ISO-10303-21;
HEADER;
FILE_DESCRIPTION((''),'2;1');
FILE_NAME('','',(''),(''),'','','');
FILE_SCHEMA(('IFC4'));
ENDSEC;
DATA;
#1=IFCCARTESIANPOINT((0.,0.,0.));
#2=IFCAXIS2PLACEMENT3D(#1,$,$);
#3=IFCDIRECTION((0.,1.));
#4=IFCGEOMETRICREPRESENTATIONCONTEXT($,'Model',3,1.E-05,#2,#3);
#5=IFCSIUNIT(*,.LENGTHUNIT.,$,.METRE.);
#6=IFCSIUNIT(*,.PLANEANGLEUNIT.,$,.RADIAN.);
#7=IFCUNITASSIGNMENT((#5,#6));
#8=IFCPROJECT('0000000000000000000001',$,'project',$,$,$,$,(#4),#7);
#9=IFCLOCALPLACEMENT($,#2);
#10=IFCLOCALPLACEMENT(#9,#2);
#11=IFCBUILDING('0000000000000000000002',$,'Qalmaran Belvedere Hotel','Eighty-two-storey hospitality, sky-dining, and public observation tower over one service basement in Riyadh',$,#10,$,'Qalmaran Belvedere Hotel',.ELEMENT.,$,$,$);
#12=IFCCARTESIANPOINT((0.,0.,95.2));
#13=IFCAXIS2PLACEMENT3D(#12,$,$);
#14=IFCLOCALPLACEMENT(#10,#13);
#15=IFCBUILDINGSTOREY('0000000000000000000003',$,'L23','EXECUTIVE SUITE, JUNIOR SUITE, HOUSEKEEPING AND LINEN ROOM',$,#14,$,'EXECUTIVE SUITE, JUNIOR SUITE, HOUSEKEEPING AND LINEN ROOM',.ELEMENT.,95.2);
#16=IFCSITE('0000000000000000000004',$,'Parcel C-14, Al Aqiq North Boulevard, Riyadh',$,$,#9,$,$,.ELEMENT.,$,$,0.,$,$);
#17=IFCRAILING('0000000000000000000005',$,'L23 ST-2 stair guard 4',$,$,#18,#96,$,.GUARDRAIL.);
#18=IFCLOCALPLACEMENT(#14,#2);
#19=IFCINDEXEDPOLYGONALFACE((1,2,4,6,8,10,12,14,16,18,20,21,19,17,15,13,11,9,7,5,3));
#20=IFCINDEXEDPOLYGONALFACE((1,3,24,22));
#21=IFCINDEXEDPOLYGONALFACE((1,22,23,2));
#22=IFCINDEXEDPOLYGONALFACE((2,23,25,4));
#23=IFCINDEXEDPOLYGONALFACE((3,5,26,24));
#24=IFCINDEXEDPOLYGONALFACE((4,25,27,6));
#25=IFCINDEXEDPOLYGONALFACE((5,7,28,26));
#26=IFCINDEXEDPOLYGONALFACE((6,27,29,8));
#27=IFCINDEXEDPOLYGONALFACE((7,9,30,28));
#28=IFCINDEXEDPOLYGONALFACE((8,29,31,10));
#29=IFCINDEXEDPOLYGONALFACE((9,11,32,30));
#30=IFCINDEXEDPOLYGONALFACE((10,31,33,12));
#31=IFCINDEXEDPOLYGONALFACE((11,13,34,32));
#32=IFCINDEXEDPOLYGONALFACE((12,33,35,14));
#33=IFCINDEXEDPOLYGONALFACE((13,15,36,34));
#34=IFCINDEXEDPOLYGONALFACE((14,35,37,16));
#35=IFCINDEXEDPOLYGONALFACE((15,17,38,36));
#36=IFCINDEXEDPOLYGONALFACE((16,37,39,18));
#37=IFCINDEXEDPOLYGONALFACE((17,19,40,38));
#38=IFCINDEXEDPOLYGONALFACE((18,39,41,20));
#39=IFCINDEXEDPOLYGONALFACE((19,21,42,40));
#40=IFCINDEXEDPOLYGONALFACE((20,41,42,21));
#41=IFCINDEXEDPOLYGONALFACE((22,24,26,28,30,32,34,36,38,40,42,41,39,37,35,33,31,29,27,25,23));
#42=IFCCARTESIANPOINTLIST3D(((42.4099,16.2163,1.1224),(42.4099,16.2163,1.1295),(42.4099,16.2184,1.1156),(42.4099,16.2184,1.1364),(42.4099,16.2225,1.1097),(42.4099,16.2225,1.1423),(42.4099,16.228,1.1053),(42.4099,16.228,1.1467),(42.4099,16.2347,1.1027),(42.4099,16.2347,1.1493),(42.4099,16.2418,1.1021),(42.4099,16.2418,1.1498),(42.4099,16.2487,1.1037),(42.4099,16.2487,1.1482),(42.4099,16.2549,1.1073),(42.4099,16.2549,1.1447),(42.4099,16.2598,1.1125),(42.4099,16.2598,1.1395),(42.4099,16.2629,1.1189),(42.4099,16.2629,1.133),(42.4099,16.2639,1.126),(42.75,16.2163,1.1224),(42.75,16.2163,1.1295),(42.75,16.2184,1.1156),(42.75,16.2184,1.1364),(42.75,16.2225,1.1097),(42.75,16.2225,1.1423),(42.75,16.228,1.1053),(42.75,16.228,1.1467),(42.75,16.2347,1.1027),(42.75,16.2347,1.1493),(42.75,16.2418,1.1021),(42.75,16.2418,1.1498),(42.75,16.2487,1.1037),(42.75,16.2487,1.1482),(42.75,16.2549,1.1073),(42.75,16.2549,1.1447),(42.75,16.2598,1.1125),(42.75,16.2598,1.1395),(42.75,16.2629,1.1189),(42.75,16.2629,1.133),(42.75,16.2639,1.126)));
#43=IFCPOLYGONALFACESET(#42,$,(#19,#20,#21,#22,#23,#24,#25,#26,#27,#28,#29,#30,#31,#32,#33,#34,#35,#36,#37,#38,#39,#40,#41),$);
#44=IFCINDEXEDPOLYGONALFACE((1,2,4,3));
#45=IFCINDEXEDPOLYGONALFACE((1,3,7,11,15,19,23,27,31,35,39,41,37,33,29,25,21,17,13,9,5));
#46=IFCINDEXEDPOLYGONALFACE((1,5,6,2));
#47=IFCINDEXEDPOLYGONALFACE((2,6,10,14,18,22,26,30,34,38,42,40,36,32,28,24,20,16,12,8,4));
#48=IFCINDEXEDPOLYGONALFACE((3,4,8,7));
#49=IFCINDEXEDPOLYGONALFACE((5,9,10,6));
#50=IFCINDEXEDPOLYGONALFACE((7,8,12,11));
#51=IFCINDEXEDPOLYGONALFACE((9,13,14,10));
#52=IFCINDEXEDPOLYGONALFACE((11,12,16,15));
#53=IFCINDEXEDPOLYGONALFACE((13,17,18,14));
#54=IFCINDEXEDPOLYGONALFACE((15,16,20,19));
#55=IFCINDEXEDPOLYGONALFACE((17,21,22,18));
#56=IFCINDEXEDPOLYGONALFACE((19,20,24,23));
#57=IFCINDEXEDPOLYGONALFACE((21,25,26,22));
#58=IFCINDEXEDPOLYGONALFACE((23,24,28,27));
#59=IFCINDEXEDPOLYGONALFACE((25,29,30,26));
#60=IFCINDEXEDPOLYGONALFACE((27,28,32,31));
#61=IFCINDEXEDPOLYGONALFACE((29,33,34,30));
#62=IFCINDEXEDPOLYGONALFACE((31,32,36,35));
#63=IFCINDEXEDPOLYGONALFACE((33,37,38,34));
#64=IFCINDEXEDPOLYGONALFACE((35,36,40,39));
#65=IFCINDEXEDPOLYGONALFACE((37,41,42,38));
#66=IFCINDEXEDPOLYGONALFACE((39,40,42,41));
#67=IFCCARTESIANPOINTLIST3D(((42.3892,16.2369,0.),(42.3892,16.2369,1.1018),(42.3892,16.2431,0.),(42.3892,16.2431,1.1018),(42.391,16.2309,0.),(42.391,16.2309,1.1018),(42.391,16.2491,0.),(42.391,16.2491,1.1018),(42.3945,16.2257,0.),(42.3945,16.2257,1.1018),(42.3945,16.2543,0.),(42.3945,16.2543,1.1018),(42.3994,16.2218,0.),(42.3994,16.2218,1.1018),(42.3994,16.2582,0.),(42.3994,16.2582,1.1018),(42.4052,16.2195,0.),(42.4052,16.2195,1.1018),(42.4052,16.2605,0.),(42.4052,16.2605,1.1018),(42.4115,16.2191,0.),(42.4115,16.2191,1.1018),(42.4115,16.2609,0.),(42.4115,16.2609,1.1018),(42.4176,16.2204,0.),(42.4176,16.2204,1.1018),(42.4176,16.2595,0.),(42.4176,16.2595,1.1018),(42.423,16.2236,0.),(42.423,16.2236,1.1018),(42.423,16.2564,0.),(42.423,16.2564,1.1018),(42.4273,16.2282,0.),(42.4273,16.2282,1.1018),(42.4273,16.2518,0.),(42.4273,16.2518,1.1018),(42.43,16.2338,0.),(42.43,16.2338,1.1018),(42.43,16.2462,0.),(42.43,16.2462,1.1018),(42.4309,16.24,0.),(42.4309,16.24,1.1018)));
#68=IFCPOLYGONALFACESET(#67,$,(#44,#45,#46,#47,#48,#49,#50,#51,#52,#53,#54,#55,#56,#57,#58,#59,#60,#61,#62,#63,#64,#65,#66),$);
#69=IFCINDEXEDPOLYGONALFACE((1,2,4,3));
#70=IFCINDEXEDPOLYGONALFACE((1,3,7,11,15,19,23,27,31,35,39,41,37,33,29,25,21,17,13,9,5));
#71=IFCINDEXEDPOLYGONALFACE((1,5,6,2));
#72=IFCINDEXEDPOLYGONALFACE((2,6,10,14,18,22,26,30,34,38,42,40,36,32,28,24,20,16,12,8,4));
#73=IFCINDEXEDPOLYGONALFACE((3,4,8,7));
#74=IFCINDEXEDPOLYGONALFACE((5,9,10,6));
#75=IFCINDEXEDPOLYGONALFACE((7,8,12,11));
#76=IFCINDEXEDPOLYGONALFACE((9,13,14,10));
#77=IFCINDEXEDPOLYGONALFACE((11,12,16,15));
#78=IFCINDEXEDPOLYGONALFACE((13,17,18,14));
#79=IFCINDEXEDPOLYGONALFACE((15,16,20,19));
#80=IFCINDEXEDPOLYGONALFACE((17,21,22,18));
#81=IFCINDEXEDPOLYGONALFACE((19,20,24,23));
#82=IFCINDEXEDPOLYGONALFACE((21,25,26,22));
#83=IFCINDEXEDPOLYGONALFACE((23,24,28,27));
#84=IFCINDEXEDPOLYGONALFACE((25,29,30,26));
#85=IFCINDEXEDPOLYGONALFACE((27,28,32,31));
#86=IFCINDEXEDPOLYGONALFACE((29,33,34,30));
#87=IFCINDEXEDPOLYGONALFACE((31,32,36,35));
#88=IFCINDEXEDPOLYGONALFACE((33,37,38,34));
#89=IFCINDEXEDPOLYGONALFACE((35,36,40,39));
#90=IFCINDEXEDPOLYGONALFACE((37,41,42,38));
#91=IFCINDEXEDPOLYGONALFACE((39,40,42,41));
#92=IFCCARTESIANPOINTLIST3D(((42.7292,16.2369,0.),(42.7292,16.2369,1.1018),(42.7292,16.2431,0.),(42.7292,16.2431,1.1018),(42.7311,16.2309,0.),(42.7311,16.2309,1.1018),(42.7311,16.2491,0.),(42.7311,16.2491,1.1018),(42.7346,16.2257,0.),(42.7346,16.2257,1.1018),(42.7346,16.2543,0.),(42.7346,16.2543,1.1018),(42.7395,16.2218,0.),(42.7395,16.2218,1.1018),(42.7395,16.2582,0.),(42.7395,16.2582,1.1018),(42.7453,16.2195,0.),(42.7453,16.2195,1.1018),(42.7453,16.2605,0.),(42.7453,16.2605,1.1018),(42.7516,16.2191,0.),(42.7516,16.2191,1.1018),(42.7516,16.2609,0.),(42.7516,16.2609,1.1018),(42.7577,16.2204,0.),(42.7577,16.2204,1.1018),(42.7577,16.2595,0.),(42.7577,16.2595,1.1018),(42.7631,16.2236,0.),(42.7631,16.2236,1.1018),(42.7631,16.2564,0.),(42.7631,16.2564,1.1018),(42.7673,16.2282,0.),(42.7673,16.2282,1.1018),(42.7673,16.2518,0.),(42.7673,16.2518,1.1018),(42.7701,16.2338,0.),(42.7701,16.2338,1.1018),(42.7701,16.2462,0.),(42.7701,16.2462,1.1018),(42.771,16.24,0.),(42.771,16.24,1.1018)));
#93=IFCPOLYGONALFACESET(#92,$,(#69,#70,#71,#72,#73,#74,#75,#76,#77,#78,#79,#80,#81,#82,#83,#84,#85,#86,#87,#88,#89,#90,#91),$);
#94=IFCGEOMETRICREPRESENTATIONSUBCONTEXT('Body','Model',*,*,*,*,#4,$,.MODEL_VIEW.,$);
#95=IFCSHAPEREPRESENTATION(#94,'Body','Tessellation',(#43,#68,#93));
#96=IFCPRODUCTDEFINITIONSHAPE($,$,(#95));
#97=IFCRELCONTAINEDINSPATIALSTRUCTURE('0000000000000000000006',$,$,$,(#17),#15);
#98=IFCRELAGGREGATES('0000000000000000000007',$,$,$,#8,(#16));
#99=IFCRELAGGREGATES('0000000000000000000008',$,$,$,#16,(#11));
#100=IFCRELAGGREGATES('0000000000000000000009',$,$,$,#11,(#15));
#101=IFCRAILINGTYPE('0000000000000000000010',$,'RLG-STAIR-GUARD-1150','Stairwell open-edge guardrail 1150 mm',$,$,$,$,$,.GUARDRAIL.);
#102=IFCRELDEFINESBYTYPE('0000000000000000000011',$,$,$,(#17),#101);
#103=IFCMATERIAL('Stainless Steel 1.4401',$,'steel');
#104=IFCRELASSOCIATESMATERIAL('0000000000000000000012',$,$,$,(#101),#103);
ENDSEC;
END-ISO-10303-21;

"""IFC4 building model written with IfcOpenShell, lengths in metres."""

from ifc_helpers import new_model, si_unit, direction, frame, origin, origin_2d, place, context, subcontext, project, spatial, circle, extrude, material, type_object, element, save


model = new_model("IFC4")

# Units and contexts
model_context = context("Model", 3, precision=1e-05, world=origin(), true_north=direction((0.0, 1.0)))
body_context = subcontext(model_context, "Body", "Model", "MODEL_VIEW")
ifc_project = project(units=[si_unit("LENGTHUNIT", "METRE"), si_unit("PLANEANGLEUNIT", "RADIAN")], contexts=[model_context])

# Site, building, storey
site_placement = place(None, origin())
site = spatial("IfcSite", under=ifc_project, at=site_placement, Name="Parcel C-14, Al Aqiq North Boulevard, Riyadh", CompositionType="ELEMENT", RefElevation=0.0)
building_placement = place(site_placement, origin())
building = spatial("IfcBuilding", under=site, at=building_placement, Name="Qalmaran Belvedere Hotel", Description="Eighty-two-storey hospitality, sky-dining, and public observation tower over one service basement in Riyadh", LongName="Qalmaran Belvedere Hotel", CompositionType="ELEMENT")
storey_placement = place(building_placement, frame((0.0, 0.0, 95.2)))
storey = spatial("IfcBuildingStorey", under=building, at=storey_placement, Name="L23", Description="EXECUTIVE SUITE, JUNIOR SUITE, HOUSEKEEPING AND LINEN ROOM", LongName="EXECUTIVE SUITE, JUNIOR SUITE, HOUSEKEEPING AND LINEN ROOM", CompositionType="ELEMENT", Elevation=95.2)

# Shared definitions
ifc_material_1 = material(Name="Stainless Steel 1.4401", Category="steel")

# Railing
railing_type_1 = type_object("IfcRailingType", Name="RLG-STAIR-GUARD-1150", Description="Stairwell open-edge guardrail 1150 mm", PredefinedType="GUARDRAIL", material=ifc_material_1)
railing_1_placement = place(storey_placement, frame((42.4099, 16.24, 0.0)))
element("IfcRailing", 1, at=railing_1_placement, inside=storey, type_object=railing_type_1, Name="L23 ST-2 stair guard 4", PredefinedType="GUARDRAIL", context=body_context, shape_type="SweptSolid", body=[
    extrude(circle(Radius=0.0239, at=origin_2d()), frame((0.0, 0.0, 1.126), z_axis=(1.0, 0.0, 0.0), x_axis=(0.0, 1.0, 0.0)), (0.0, 0.0, 1.0), 0.3401),
    extrude(circle(Radius=0.021, at=origin_2d()), origin(), (0.0, 0.0, 1.0), 1.1018),
    extrude(circle(Radius=0.021, at=origin_2d()), frame((0.3401, 0.0, 0.0)), (0.0, 0.0, 1.0), 1.1018),
])

save(model, "model.ifc")
